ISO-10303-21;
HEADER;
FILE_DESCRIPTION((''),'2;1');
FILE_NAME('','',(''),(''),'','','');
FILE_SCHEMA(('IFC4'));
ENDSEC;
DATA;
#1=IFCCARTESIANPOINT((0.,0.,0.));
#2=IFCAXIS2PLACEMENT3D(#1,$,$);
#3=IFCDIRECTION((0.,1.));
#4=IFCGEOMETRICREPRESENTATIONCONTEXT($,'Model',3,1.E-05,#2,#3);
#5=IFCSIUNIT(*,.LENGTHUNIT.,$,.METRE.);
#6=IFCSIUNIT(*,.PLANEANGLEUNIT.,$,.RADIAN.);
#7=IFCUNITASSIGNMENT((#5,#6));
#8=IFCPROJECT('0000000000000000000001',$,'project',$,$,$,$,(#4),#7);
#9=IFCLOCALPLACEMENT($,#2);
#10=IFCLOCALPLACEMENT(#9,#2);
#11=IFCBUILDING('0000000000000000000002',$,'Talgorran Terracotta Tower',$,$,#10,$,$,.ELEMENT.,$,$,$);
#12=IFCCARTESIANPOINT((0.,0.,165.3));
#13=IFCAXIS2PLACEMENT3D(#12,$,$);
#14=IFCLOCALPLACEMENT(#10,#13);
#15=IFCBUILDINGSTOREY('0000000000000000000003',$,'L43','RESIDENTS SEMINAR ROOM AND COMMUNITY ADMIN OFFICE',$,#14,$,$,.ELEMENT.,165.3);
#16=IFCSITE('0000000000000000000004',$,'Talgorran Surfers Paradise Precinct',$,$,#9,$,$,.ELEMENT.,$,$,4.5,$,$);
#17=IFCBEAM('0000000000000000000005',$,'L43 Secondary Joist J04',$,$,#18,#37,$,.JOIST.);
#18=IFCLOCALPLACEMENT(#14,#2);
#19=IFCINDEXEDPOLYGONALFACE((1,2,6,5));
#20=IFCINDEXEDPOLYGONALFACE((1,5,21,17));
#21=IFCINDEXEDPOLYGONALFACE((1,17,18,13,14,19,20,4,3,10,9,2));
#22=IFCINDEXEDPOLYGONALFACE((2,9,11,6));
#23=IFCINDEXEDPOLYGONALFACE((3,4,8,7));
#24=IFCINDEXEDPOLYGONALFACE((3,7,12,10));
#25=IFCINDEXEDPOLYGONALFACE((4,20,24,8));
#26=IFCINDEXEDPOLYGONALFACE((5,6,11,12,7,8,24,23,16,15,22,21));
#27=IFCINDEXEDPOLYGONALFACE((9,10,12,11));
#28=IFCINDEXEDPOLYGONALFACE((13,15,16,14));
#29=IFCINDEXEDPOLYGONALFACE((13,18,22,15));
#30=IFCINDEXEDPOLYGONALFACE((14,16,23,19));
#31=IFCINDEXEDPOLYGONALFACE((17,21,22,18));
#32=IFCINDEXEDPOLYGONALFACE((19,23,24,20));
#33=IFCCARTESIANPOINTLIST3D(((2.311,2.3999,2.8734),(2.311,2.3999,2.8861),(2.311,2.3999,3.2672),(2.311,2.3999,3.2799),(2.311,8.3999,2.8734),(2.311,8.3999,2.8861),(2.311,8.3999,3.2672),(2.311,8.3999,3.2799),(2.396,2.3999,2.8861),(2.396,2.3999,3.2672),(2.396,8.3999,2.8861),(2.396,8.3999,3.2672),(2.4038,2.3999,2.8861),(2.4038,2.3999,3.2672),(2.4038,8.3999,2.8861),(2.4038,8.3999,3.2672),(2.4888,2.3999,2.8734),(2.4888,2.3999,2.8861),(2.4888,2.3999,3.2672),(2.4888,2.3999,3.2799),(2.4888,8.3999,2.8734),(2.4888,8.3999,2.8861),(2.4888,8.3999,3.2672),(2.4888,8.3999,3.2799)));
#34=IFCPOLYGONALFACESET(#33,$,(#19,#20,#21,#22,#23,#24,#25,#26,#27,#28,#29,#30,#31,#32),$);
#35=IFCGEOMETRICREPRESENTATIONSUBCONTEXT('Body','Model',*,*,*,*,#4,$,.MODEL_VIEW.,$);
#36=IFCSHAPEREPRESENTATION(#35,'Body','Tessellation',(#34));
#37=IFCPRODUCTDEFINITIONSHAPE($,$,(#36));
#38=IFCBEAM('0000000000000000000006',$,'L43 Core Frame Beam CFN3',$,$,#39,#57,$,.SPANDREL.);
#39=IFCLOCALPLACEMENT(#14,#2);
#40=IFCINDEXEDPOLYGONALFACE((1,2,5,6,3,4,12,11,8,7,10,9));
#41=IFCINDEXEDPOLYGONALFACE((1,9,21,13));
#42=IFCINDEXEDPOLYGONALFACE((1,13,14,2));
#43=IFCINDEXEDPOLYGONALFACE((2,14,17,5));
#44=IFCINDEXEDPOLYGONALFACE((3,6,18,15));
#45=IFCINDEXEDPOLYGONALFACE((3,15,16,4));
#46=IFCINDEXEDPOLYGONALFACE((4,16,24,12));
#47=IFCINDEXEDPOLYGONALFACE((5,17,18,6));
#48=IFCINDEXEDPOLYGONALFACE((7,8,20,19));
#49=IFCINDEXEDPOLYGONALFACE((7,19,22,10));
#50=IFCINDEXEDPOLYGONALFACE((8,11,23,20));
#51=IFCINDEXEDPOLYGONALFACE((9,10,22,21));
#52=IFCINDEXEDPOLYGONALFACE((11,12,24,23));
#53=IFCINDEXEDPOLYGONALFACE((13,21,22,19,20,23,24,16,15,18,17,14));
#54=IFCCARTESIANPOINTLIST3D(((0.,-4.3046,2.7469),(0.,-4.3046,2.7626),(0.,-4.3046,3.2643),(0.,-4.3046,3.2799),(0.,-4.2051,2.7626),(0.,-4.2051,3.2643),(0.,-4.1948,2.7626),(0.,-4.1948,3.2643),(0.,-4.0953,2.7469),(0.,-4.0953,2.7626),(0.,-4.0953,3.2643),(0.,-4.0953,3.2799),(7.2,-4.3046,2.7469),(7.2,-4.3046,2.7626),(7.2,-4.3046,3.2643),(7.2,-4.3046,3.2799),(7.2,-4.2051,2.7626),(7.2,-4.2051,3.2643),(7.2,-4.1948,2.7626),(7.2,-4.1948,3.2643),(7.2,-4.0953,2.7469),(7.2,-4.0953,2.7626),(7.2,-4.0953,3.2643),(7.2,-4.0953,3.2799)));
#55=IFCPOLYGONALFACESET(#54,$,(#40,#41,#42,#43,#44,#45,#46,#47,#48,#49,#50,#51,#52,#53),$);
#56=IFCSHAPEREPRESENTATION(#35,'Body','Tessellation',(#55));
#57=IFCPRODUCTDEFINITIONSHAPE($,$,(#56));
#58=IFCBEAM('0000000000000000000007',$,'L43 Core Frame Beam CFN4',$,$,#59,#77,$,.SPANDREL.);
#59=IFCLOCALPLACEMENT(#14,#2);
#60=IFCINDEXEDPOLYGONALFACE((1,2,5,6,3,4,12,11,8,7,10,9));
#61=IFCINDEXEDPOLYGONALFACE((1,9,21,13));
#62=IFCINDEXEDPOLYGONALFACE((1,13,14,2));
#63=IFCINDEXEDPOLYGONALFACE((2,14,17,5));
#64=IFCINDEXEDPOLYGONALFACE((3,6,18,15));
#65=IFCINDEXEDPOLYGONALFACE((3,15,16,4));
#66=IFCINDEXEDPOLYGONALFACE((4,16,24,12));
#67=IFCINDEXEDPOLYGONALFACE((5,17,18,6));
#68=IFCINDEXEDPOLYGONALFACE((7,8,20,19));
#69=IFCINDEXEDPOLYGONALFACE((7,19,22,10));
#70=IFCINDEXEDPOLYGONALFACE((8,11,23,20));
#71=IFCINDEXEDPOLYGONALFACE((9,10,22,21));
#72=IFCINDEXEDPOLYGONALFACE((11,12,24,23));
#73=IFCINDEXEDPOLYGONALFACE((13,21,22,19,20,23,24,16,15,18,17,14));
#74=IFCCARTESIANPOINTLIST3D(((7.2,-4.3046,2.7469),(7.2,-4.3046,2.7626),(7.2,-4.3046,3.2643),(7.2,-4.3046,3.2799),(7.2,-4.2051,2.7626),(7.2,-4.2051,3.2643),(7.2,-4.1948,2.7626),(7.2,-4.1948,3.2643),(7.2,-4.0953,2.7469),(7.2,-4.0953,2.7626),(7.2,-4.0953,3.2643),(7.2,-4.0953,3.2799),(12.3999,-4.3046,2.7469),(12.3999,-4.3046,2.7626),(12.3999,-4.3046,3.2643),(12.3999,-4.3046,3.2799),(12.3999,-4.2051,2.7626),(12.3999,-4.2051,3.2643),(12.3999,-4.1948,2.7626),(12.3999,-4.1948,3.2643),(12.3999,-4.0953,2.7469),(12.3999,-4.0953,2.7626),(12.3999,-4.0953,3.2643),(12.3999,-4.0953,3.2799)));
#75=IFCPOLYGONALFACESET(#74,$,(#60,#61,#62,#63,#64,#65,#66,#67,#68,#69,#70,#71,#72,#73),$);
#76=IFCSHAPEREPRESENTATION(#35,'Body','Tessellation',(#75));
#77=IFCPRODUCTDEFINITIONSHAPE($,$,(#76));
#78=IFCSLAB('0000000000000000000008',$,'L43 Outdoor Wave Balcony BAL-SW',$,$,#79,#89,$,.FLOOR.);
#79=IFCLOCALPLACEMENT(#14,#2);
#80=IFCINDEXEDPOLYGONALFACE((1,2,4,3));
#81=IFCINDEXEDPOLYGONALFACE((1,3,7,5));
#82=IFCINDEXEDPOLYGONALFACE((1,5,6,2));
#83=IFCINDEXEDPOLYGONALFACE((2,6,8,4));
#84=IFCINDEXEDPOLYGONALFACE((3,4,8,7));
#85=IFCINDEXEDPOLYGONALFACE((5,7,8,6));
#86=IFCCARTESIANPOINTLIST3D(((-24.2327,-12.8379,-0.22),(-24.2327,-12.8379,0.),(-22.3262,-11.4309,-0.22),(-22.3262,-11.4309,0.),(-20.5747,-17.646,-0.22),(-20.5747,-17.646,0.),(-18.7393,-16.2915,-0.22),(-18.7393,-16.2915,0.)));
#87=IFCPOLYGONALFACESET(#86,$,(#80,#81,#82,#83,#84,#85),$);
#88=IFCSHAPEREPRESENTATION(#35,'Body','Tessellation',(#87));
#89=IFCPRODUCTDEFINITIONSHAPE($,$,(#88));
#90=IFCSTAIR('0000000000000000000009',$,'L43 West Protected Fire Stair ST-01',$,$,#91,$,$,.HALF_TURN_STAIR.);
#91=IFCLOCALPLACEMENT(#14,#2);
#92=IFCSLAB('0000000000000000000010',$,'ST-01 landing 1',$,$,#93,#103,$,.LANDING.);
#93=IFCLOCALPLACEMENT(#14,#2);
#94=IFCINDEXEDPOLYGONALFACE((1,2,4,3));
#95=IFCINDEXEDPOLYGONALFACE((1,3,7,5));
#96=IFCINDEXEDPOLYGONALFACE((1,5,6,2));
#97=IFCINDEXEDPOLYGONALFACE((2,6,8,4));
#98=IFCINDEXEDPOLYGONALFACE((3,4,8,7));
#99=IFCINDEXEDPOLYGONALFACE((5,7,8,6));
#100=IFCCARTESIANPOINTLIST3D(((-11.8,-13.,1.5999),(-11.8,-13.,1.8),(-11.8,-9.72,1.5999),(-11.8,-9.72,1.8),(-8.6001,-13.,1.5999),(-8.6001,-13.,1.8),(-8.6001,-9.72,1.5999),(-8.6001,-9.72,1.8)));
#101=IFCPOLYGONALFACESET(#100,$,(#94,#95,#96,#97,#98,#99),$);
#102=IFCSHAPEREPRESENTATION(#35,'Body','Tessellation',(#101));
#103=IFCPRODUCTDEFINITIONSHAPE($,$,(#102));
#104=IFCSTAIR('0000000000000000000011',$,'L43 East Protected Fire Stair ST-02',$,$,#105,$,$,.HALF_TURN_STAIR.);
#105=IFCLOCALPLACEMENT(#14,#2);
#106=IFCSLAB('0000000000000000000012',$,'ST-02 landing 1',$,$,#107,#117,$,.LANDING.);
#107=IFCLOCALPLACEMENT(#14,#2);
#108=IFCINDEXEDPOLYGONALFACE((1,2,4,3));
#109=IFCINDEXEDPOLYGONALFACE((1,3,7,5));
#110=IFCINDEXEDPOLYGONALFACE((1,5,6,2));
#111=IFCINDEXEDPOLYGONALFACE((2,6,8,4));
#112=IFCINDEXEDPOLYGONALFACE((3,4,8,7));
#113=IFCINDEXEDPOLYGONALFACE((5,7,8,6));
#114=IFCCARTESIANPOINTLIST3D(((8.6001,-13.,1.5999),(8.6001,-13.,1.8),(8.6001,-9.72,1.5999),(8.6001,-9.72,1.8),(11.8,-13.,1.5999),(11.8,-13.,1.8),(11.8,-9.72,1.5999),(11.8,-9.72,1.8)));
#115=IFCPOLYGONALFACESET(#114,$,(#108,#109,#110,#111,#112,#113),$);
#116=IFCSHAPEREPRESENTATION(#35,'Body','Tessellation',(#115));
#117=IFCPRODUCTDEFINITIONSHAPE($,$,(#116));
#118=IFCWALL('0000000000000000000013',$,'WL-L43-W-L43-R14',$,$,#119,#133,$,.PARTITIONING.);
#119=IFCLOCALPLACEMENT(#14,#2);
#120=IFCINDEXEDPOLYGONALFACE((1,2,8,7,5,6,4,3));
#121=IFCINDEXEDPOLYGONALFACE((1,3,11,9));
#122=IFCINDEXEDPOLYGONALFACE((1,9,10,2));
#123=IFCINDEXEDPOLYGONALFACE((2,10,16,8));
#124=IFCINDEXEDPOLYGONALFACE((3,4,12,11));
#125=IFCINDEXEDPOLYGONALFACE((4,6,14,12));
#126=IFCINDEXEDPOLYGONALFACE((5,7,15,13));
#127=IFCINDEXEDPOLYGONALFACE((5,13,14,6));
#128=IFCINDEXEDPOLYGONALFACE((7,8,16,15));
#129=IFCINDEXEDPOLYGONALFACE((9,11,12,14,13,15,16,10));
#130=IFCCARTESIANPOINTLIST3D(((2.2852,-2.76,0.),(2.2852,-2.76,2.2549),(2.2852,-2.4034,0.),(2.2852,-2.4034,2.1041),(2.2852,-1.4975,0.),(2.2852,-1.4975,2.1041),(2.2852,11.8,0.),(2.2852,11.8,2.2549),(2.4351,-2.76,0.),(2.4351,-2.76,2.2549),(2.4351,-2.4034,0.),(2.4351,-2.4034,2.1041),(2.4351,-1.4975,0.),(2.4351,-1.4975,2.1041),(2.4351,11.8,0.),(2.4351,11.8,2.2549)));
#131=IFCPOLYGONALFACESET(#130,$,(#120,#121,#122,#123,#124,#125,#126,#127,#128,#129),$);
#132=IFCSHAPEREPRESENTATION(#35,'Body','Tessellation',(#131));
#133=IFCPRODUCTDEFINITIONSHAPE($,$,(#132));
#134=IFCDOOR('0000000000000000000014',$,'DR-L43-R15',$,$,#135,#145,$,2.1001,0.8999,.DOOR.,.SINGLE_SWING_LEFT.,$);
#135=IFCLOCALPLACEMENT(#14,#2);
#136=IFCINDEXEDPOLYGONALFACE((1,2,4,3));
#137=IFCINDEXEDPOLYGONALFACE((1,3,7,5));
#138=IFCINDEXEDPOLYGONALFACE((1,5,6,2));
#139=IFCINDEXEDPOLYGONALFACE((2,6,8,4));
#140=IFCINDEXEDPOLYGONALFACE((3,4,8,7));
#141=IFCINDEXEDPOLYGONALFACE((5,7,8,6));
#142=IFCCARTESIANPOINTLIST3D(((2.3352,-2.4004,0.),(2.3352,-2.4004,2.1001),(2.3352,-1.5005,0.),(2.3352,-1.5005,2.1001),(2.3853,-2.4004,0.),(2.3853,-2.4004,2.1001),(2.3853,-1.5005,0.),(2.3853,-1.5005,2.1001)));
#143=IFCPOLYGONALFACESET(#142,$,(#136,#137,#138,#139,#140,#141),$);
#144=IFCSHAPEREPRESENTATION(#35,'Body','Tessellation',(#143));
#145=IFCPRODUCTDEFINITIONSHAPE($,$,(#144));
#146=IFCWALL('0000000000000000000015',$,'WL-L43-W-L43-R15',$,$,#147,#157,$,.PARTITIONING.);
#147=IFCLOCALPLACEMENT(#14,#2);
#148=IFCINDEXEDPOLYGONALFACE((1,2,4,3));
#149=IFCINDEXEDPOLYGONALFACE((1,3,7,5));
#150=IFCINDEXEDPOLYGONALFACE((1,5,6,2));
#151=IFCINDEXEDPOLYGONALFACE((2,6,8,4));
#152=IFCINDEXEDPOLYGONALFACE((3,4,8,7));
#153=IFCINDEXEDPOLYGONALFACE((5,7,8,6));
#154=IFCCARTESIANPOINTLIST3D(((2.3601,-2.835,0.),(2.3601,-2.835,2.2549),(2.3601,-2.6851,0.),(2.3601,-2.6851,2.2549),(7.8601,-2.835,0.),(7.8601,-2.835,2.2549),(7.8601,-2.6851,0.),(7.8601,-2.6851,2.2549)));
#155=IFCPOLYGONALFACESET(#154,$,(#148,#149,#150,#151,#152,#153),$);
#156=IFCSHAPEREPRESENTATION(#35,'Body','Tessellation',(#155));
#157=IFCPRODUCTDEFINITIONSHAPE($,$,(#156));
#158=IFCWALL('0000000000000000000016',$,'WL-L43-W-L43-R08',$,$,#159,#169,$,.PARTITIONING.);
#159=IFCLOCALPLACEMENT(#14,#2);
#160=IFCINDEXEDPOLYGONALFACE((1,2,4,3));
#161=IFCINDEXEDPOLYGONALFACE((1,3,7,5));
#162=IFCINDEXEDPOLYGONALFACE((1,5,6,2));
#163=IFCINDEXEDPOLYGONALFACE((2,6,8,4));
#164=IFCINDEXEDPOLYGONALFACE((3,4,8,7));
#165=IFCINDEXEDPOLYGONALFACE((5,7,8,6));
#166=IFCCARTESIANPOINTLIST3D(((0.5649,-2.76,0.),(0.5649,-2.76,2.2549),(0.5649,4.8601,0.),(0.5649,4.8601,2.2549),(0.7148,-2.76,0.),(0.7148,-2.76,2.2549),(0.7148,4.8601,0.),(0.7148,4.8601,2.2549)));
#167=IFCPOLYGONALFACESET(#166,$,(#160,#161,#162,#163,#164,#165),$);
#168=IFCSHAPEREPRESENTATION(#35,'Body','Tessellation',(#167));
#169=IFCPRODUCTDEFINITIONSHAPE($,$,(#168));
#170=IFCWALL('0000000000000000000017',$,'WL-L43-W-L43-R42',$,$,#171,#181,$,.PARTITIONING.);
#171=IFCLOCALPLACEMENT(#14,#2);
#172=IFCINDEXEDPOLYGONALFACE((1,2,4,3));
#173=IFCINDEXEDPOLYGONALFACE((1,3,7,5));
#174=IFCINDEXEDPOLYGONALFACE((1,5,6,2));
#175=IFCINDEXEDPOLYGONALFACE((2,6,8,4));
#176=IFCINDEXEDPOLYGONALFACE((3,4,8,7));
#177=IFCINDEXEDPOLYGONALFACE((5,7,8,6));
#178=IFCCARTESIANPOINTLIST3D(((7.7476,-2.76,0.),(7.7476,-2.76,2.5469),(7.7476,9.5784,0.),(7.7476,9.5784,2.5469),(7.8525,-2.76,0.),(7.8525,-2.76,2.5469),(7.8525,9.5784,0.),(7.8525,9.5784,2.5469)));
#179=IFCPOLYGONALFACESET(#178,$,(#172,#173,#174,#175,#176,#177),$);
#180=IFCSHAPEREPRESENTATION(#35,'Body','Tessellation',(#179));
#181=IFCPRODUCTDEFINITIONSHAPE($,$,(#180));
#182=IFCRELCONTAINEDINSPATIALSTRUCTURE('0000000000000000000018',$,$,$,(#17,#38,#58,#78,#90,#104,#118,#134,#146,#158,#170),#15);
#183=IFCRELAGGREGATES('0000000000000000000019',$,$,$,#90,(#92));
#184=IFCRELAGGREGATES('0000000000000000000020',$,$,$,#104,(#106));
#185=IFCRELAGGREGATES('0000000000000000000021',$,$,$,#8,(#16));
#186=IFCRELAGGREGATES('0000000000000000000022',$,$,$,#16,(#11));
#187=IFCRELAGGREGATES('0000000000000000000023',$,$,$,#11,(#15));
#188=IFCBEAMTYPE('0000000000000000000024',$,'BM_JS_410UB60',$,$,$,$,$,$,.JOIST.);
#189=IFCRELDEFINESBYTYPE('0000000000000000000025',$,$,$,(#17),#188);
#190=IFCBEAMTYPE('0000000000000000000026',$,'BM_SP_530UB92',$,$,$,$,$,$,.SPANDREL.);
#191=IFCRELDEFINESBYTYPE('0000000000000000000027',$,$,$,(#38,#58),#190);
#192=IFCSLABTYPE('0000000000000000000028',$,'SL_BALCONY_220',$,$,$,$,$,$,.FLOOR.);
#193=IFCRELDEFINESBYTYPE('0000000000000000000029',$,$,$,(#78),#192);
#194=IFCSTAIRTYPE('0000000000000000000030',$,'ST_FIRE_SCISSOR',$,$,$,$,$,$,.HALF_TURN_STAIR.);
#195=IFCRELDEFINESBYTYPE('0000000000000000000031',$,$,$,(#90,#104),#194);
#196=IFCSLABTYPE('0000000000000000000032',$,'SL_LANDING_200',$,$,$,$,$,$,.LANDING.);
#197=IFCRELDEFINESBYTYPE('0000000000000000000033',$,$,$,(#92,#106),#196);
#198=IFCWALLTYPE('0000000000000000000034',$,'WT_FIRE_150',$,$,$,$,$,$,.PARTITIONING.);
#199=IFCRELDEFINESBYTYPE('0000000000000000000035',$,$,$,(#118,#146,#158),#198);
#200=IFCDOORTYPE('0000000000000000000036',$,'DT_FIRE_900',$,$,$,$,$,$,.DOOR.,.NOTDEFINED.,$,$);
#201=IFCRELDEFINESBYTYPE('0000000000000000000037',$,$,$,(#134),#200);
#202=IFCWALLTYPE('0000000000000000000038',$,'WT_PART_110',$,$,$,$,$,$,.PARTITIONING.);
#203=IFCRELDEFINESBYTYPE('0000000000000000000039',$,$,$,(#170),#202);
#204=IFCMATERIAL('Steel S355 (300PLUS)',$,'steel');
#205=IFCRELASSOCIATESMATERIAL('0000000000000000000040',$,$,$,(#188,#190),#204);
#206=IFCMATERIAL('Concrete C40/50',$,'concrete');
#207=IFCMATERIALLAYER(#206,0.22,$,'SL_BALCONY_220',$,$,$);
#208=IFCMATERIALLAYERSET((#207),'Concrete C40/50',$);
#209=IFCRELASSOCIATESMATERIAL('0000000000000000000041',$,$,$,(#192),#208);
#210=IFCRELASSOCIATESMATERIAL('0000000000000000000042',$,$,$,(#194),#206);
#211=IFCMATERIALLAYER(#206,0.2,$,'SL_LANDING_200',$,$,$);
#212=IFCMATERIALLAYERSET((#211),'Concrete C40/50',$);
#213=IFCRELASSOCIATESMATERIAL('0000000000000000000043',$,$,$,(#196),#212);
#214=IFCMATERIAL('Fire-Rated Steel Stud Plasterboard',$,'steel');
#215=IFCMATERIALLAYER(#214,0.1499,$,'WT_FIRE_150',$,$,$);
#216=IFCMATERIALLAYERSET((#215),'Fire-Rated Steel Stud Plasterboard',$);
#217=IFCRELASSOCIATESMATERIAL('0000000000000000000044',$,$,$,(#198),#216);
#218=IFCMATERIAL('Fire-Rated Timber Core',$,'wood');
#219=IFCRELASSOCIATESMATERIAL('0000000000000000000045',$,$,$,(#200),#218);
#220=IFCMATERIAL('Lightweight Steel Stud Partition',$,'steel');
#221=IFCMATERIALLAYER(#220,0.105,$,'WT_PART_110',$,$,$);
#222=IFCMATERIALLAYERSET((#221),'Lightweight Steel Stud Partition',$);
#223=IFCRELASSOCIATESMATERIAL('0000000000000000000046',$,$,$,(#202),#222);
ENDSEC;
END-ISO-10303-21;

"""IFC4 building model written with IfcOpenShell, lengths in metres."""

from ifc_helpers import new_model, si_unit, direction, frame, frame_2d, origin, origin_2d, place, context, subcontext, project, spatial, polyline, rectangle, i_section, outline, extrude, material, layer, layer_set, material_profile, profile_set, type_object, element, fill, aggregate, save


model = new_model("IFC4")

# Units and contexts
model_context = context("Model", 3, precision=1e-05, world=origin(), true_north=direction((0.0, 1.0)))
body_context = subcontext(model_context, "Body", "Model", "MODEL_VIEW")
ifc_project = project(units=[si_unit("LENGTHUNIT", "METRE"), si_unit("PLANEANGLEUNIT", "RADIAN")], contexts=[model_context])

# Site, building, storey
site_placement = place(None, origin())
site = spatial("IfcSite", under=ifc_project, at=site_placement, Name="Talgorran Surfers Paradise Precinct", CompositionType="ELEMENT", RefElevation=4.5)
building_placement = place(site_placement, origin())
building = spatial("IfcBuilding", under=site, at=building_placement, Name="Talgorran Terracotta Tower", CompositionType="ELEMENT")
storey_placement = place(building_placement, frame((0.0, 0.0, 165.3)))
storey = spatial("IfcBuildingStorey", under=building, at=storey_placement, Name="L43", Description="RESIDENTS SEMINAR ROOM AND COMMUNITY ADMIN OFFICE", CompositionType="ELEMENT", Elevation=165.3)

# Shared definitions
ifc_material_1 = material(Name="Steel S355 (300PLUS)", Category="steel")

# Beams
ifc_material_profile_1 = material_profile(ifc_material_1, i_section(OverallWidth=0.1777, OverallDepth=0.4065, WebThickness=0.0078, FlangeThickness=0.0127, at=origin_2d()), Name="410UB59.7")
ifc_profile_set_1 = profile_set([ifc_material_profile_1], Name="Steel S355 (300PLUS)")
beam_type_1 = type_object("IfcBeamType", Name="BM_JS_410UB60", PredefinedType="JOIST", material=ifc_profile_set_1)
beam_1_placement = place(storey_placement, frame((2.3999, 2.3999, 3.0767), z_axis=(0.0, 1.0, 0.0), x_axis=(-1.0, 0.0, 0.0)))
element("IfcBeam", 1, at=beam_1_placement, inside=storey, type_object=beam_type_1, Name="L43 Secondary Joist J04", PredefinedType="JOIST", context=body_context, shape_type="SweptSolid", body=[
    extrude(i_section(OverallWidth=0.1777, OverallDepth=0.4065, WebThickness=0.0078, FlangeThickness=0.0127, at=origin_2d()), origin(), (0.0, 0.0, 1.0), 6.0),
])
ifc_material_profile_2 = material_profile(ifc_material_1, i_section(OverallWidth=0.2092, OverallDepth=0.533, WebThickness=0.0103, FlangeThickness=0.0156, at=origin_2d()), Name="530UB92.4")
ifc_profile_set_2 = profile_set([ifc_material_profile_2], Name="Steel S355 (300PLUS)")
beam_type_2 = type_object("IfcBeamType", Name="BM_SP_530UB92", PredefinedType="SPANDREL", material=ifc_profile_set_2)
beam_2_placement = place(storey_placement, frame((0.0, -4.2, 3.0134), z_axis=(1.0, 0.0, 0.0), x_axis=(0.0, 1.0, 0.0)))
element("IfcBeam", 2, at=beam_2_placement, inside=storey, type_object=beam_type_2, Name="L43 Core Frame Beam CFN3", PredefinedType="SPANDREL", context=body_context, shape_type="SweptSolid", body=[
    extrude(i_section(OverallWidth=0.2092, OverallDepth=0.533, WebThickness=0.0103, FlangeThickness=0.0156, at=origin_2d()), origin(), (0.0, 0.0, 1.0), 7.2),
])
beam_3_placement = place(storey_placement, frame((7.2, -4.2, 3.0134), z_axis=(1.0, 0.0, 0.0), x_axis=(0.0, 1.0, 0.0)))
element("IfcBeam", 3, at=beam_3_placement, inside=storey, type_object=beam_type_2, Name="L43 Core Frame Beam CFN4", PredefinedType="SPANDREL", context=body_context, shape_type="SweptSolid", body=[
    extrude(i_section(OverallWidth=0.2092, OverallDepth=0.533, WebThickness=0.0103, FlangeThickness=0.0156, at=origin_2d()), origin(), (0.0, 0.0, 1.0), 5.2),
])

# Slab
ifc_material_2 = material(Name="Concrete C40/50", Category="concrete")
ifc_layer_1 = layer(ifc_material_2, 0.22, Name="SL_BALCONY_220")
ifc_layer_set_1 = layer_set([ifc_layer_1], Name="Concrete C40/50")
slab_type_1 = type_object("IfcSlabType", Name="SL_BALCONY_220", PredefinedType="FLOOR", material=ifc_layer_set_1)
slab_1_placement = place(storey_placement, frame((0.0, 0.0, -0.22)))
element("IfcSlab", 4, at=slab_1_placement, inside=storey, type_object=slab_type_1, Name="L43 Outdoor Wave Balcony BAL-SW", PredefinedType="FLOOR", context=body_context, shape_type="SweptSolid", body=[
    extrude(outline(polyline([(-18.7393, -16.2915), (-22.3262, -11.4309), (-24.2327, -12.8379), (-20.5747, -17.646), (-18.7393, -16.2915)])), origin(), (0.0, 0.0, 1.0), 0.22),
])

# Stairs, slabs
stair_type = type_object("IfcStairType", Name="ST_FIRE_SCISSOR", PredefinedType="HALF_TURN_STAIR", material=ifc_material_2)
stair_1_placement = place(storey_placement, origin())
stair_1 = element("IfcStair", 5, at=stair_1_placement, inside=storey, type_object=stair_type, Name="L43 West Protected Fire Stair ST-01", PredefinedType="HALF_TURN_STAIR")
ifc_layer_2 = layer(ifc_material_2, 0.2, Name="SL_LANDING_200")
ifc_layer_set_2 = layer_set([ifc_layer_2], Name="Concrete C40/50")
slab_type_2 = type_object("IfcSlabType", Name="SL_LANDING_200", PredefinedType="LANDING", material=ifc_layer_set_2)
slab_2_placement = place(storey_placement, frame((0.0, 0.0, 1.5999)))
slab_2 = element("IfcSlab", 6, at=slab_2_placement, type_object=slab_type_2, Name="ST-01 landing 1", PredefinedType="LANDING", context=body_context, shape_type="SweptSolid", body=[
    extrude(outline(polyline([(-11.8, -9.72), (-11.8, -13.0), (-8.6001, -13.0), (-8.6001, -9.72), (-11.8, -9.72)])), origin(), (0.0, 0.0, 1.0), 0.2002),
])
aggregate(stair_1, [slab_2])
stair_2_placement = place(storey_placement, origin())
stair_2 = element("IfcStair", 7, at=stair_2_placement, inside=storey, type_object=stair_type, Name="L43 East Protected Fire Stair ST-02", PredefinedType="HALF_TURN_STAIR")
slab_3_placement = place(storey_placement, frame((0.0, 0.0, 1.5999)))
slab_3 = element("IfcSlab", 8, at=slab_3_placement, type_object=slab_type_2, Name="ST-02 landing 1", PredefinedType="LANDING", context=body_context, shape_type="SweptSolid", body=[
    extrude(outline(polyline([(8.6001, -9.72), (8.6001, -13.0), (11.8, -13.0), (11.8, -9.72), (8.6001, -9.72)])), origin(), (0.0, 0.0, 1.0), 0.2002),
])
aggregate(stair_2, [slab_3])

# Wall, opening, door
ifc_material_3 = material(Name="Fire-Rated Steel Stud Plasterboard", Category="steel")
ifc_layer_3 = layer(ifc_material_3, 0.1499, Name="WT_FIRE_150")
ifc_layer_set_3 = layer_set([ifc_layer_3], Name="Fire-Rated Steel Stud Plasterboard")
wall_type_1 = type_object("IfcWallType", Name="WT_FIRE_150", PredefinedType="PARTITIONING", material=ifc_layer_set_3)
wall_1_placement = place(storey_placement, frame((2.3601, -2.76, 0.0), z_axis=(0.0, 0.0, 1.0), x_axis=(0.0, 1.0, 0.0)))
wall_1 = element("IfcWall", 9, at=wall_1_placement, inside=storey, type_object=wall_type_1, Name="WL-L43-W-L43-R14", PredefinedType="PARTITIONING", context=body_context, shape_type="SweptSolid", body=[
    extrude(rectangle(XDim=14.5601, YDim=0.1499, at=frame_2d((7.28, 0.0))), origin(), (0.0, 0.0, 1.0), 2.2549),
])
opening_placement = place(wall_1_placement, frame((0.3596, 0.0, 0.0)))
opening = element("IfcOpeningElement", 10, at=opening_placement, cuts=wall_1, PredefinedType="OPENING", context=body_context, shape_type="SweptSolid", body=[
    extrude(rectangle(XDim=0.9059, YDim=2.1041, at=frame_2d((0.45, 1.052))), frame((0.0, 0.085, 0.0), z_axis=(0.0, -1.0, 0.0), x_axis=(1.0, 0.0, 0.0)), (0.0, 0.0, 1.0), 0.1699),
])
ifc_material_4 = material(Name="Fire-Rated Timber Core", Category="wood")
door_type = type_object("IfcDoorType", Name="DT_FIRE_900", OperationType="NOTDEFINED", PredefinedType="DOOR", material=ifc_material_4)
door_placement = place(opening_placement, origin())
door = element("IfcDoor", 11, at=door_placement, inside=storey, type_object=door_type, Name="DR-L43-R15", OperationType="SINGLE_SWING_LEFT", OverallHeight=2.1001, OverallWidth=0.8999, PredefinedType="DOOR", context=body_context, shape_type="SweptSolid", body=[
    extrude(rectangle(XDim=0.8999, YDim=2.1001, at=frame_2d((0.45, 1.05))), frame((0.0, 0.0249, 0.0), z_axis=(0.0, -1.0, 0.0), x_axis=(1.0, 0.0, 0.0)), (0.0, 0.0, 1.0), 0.05),
])
fill(opening, door)

# Walls
wall_2_placement = place(storey_placement, frame((2.3601, -2.76, 0.0), z_axis=(0.0, 0.0, 1.0), x_axis=(1.0, 0.0, 0.0)))
element("IfcWall", 12, at=wall_2_placement, inside=storey, type_object=wall_type_1, Name="WL-L43-W-L43-R15", PredefinedType="PARTITIONING", context=body_context, shape_type="SweptSolid", body=[
    extrude(rectangle(XDim=5.5, YDim=0.1499, at=frame_2d((2.75, 0.0))), origin(), (0.0, 0.0, 1.0), 2.2549),
])
wall_3_placement = place(storey_placement, frame((0.6399, -2.76, 0.0), z_axis=(0.0, 0.0, 1.0), x_axis=(0.0, 1.0, 0.0)))
element("IfcWall", 13, at=wall_3_placement, inside=storey, type_object=wall_type_1, Name="WL-L43-W-L43-R08", PredefinedType="PARTITIONING", context=body_context, shape_type="SweptSolid", body=[
    extrude(rectangle(XDim=7.6201, YDim=0.1499, at=frame_2d((3.8101, 0.0))), origin(), (0.0, 0.0, 1.0), 2.2549),
])
ifc_material_5 = material(Name="Lightweight Steel Stud Partition", Category="steel")
ifc_layer_4 = layer(ifc_material_5, 0.105, Name="WT_PART_110")
ifc_layer_set_4 = layer_set([ifc_layer_4], Name="Lightweight Steel Stud Partition")
wall_type_2 = type_object("IfcWallType", Name="WT_PART_110", PredefinedType="PARTITIONING", material=ifc_layer_set_4)
wall_4_placement = place(storey_placement, frame((7.8, -2.76, 0.0), z_axis=(0.0, 0.0, 1.0), x_axis=(0.0, 1.0, 0.0)))
element("IfcWall", 14, at=wall_4_placement, inside=storey, type_object=wall_type_2, Name="WL-L43-W-L43-R42", PredefinedType="PARTITIONING", context=body_context, shape_type="SweptSolid", body=[
    extrude(rectangle(XDim=12.3384, YDim=0.105, at=frame_2d((6.1692, 0.0))), origin(), (0.0, 0.0, 1.0), 2.5469),
])

save(model, "model.ifc")
